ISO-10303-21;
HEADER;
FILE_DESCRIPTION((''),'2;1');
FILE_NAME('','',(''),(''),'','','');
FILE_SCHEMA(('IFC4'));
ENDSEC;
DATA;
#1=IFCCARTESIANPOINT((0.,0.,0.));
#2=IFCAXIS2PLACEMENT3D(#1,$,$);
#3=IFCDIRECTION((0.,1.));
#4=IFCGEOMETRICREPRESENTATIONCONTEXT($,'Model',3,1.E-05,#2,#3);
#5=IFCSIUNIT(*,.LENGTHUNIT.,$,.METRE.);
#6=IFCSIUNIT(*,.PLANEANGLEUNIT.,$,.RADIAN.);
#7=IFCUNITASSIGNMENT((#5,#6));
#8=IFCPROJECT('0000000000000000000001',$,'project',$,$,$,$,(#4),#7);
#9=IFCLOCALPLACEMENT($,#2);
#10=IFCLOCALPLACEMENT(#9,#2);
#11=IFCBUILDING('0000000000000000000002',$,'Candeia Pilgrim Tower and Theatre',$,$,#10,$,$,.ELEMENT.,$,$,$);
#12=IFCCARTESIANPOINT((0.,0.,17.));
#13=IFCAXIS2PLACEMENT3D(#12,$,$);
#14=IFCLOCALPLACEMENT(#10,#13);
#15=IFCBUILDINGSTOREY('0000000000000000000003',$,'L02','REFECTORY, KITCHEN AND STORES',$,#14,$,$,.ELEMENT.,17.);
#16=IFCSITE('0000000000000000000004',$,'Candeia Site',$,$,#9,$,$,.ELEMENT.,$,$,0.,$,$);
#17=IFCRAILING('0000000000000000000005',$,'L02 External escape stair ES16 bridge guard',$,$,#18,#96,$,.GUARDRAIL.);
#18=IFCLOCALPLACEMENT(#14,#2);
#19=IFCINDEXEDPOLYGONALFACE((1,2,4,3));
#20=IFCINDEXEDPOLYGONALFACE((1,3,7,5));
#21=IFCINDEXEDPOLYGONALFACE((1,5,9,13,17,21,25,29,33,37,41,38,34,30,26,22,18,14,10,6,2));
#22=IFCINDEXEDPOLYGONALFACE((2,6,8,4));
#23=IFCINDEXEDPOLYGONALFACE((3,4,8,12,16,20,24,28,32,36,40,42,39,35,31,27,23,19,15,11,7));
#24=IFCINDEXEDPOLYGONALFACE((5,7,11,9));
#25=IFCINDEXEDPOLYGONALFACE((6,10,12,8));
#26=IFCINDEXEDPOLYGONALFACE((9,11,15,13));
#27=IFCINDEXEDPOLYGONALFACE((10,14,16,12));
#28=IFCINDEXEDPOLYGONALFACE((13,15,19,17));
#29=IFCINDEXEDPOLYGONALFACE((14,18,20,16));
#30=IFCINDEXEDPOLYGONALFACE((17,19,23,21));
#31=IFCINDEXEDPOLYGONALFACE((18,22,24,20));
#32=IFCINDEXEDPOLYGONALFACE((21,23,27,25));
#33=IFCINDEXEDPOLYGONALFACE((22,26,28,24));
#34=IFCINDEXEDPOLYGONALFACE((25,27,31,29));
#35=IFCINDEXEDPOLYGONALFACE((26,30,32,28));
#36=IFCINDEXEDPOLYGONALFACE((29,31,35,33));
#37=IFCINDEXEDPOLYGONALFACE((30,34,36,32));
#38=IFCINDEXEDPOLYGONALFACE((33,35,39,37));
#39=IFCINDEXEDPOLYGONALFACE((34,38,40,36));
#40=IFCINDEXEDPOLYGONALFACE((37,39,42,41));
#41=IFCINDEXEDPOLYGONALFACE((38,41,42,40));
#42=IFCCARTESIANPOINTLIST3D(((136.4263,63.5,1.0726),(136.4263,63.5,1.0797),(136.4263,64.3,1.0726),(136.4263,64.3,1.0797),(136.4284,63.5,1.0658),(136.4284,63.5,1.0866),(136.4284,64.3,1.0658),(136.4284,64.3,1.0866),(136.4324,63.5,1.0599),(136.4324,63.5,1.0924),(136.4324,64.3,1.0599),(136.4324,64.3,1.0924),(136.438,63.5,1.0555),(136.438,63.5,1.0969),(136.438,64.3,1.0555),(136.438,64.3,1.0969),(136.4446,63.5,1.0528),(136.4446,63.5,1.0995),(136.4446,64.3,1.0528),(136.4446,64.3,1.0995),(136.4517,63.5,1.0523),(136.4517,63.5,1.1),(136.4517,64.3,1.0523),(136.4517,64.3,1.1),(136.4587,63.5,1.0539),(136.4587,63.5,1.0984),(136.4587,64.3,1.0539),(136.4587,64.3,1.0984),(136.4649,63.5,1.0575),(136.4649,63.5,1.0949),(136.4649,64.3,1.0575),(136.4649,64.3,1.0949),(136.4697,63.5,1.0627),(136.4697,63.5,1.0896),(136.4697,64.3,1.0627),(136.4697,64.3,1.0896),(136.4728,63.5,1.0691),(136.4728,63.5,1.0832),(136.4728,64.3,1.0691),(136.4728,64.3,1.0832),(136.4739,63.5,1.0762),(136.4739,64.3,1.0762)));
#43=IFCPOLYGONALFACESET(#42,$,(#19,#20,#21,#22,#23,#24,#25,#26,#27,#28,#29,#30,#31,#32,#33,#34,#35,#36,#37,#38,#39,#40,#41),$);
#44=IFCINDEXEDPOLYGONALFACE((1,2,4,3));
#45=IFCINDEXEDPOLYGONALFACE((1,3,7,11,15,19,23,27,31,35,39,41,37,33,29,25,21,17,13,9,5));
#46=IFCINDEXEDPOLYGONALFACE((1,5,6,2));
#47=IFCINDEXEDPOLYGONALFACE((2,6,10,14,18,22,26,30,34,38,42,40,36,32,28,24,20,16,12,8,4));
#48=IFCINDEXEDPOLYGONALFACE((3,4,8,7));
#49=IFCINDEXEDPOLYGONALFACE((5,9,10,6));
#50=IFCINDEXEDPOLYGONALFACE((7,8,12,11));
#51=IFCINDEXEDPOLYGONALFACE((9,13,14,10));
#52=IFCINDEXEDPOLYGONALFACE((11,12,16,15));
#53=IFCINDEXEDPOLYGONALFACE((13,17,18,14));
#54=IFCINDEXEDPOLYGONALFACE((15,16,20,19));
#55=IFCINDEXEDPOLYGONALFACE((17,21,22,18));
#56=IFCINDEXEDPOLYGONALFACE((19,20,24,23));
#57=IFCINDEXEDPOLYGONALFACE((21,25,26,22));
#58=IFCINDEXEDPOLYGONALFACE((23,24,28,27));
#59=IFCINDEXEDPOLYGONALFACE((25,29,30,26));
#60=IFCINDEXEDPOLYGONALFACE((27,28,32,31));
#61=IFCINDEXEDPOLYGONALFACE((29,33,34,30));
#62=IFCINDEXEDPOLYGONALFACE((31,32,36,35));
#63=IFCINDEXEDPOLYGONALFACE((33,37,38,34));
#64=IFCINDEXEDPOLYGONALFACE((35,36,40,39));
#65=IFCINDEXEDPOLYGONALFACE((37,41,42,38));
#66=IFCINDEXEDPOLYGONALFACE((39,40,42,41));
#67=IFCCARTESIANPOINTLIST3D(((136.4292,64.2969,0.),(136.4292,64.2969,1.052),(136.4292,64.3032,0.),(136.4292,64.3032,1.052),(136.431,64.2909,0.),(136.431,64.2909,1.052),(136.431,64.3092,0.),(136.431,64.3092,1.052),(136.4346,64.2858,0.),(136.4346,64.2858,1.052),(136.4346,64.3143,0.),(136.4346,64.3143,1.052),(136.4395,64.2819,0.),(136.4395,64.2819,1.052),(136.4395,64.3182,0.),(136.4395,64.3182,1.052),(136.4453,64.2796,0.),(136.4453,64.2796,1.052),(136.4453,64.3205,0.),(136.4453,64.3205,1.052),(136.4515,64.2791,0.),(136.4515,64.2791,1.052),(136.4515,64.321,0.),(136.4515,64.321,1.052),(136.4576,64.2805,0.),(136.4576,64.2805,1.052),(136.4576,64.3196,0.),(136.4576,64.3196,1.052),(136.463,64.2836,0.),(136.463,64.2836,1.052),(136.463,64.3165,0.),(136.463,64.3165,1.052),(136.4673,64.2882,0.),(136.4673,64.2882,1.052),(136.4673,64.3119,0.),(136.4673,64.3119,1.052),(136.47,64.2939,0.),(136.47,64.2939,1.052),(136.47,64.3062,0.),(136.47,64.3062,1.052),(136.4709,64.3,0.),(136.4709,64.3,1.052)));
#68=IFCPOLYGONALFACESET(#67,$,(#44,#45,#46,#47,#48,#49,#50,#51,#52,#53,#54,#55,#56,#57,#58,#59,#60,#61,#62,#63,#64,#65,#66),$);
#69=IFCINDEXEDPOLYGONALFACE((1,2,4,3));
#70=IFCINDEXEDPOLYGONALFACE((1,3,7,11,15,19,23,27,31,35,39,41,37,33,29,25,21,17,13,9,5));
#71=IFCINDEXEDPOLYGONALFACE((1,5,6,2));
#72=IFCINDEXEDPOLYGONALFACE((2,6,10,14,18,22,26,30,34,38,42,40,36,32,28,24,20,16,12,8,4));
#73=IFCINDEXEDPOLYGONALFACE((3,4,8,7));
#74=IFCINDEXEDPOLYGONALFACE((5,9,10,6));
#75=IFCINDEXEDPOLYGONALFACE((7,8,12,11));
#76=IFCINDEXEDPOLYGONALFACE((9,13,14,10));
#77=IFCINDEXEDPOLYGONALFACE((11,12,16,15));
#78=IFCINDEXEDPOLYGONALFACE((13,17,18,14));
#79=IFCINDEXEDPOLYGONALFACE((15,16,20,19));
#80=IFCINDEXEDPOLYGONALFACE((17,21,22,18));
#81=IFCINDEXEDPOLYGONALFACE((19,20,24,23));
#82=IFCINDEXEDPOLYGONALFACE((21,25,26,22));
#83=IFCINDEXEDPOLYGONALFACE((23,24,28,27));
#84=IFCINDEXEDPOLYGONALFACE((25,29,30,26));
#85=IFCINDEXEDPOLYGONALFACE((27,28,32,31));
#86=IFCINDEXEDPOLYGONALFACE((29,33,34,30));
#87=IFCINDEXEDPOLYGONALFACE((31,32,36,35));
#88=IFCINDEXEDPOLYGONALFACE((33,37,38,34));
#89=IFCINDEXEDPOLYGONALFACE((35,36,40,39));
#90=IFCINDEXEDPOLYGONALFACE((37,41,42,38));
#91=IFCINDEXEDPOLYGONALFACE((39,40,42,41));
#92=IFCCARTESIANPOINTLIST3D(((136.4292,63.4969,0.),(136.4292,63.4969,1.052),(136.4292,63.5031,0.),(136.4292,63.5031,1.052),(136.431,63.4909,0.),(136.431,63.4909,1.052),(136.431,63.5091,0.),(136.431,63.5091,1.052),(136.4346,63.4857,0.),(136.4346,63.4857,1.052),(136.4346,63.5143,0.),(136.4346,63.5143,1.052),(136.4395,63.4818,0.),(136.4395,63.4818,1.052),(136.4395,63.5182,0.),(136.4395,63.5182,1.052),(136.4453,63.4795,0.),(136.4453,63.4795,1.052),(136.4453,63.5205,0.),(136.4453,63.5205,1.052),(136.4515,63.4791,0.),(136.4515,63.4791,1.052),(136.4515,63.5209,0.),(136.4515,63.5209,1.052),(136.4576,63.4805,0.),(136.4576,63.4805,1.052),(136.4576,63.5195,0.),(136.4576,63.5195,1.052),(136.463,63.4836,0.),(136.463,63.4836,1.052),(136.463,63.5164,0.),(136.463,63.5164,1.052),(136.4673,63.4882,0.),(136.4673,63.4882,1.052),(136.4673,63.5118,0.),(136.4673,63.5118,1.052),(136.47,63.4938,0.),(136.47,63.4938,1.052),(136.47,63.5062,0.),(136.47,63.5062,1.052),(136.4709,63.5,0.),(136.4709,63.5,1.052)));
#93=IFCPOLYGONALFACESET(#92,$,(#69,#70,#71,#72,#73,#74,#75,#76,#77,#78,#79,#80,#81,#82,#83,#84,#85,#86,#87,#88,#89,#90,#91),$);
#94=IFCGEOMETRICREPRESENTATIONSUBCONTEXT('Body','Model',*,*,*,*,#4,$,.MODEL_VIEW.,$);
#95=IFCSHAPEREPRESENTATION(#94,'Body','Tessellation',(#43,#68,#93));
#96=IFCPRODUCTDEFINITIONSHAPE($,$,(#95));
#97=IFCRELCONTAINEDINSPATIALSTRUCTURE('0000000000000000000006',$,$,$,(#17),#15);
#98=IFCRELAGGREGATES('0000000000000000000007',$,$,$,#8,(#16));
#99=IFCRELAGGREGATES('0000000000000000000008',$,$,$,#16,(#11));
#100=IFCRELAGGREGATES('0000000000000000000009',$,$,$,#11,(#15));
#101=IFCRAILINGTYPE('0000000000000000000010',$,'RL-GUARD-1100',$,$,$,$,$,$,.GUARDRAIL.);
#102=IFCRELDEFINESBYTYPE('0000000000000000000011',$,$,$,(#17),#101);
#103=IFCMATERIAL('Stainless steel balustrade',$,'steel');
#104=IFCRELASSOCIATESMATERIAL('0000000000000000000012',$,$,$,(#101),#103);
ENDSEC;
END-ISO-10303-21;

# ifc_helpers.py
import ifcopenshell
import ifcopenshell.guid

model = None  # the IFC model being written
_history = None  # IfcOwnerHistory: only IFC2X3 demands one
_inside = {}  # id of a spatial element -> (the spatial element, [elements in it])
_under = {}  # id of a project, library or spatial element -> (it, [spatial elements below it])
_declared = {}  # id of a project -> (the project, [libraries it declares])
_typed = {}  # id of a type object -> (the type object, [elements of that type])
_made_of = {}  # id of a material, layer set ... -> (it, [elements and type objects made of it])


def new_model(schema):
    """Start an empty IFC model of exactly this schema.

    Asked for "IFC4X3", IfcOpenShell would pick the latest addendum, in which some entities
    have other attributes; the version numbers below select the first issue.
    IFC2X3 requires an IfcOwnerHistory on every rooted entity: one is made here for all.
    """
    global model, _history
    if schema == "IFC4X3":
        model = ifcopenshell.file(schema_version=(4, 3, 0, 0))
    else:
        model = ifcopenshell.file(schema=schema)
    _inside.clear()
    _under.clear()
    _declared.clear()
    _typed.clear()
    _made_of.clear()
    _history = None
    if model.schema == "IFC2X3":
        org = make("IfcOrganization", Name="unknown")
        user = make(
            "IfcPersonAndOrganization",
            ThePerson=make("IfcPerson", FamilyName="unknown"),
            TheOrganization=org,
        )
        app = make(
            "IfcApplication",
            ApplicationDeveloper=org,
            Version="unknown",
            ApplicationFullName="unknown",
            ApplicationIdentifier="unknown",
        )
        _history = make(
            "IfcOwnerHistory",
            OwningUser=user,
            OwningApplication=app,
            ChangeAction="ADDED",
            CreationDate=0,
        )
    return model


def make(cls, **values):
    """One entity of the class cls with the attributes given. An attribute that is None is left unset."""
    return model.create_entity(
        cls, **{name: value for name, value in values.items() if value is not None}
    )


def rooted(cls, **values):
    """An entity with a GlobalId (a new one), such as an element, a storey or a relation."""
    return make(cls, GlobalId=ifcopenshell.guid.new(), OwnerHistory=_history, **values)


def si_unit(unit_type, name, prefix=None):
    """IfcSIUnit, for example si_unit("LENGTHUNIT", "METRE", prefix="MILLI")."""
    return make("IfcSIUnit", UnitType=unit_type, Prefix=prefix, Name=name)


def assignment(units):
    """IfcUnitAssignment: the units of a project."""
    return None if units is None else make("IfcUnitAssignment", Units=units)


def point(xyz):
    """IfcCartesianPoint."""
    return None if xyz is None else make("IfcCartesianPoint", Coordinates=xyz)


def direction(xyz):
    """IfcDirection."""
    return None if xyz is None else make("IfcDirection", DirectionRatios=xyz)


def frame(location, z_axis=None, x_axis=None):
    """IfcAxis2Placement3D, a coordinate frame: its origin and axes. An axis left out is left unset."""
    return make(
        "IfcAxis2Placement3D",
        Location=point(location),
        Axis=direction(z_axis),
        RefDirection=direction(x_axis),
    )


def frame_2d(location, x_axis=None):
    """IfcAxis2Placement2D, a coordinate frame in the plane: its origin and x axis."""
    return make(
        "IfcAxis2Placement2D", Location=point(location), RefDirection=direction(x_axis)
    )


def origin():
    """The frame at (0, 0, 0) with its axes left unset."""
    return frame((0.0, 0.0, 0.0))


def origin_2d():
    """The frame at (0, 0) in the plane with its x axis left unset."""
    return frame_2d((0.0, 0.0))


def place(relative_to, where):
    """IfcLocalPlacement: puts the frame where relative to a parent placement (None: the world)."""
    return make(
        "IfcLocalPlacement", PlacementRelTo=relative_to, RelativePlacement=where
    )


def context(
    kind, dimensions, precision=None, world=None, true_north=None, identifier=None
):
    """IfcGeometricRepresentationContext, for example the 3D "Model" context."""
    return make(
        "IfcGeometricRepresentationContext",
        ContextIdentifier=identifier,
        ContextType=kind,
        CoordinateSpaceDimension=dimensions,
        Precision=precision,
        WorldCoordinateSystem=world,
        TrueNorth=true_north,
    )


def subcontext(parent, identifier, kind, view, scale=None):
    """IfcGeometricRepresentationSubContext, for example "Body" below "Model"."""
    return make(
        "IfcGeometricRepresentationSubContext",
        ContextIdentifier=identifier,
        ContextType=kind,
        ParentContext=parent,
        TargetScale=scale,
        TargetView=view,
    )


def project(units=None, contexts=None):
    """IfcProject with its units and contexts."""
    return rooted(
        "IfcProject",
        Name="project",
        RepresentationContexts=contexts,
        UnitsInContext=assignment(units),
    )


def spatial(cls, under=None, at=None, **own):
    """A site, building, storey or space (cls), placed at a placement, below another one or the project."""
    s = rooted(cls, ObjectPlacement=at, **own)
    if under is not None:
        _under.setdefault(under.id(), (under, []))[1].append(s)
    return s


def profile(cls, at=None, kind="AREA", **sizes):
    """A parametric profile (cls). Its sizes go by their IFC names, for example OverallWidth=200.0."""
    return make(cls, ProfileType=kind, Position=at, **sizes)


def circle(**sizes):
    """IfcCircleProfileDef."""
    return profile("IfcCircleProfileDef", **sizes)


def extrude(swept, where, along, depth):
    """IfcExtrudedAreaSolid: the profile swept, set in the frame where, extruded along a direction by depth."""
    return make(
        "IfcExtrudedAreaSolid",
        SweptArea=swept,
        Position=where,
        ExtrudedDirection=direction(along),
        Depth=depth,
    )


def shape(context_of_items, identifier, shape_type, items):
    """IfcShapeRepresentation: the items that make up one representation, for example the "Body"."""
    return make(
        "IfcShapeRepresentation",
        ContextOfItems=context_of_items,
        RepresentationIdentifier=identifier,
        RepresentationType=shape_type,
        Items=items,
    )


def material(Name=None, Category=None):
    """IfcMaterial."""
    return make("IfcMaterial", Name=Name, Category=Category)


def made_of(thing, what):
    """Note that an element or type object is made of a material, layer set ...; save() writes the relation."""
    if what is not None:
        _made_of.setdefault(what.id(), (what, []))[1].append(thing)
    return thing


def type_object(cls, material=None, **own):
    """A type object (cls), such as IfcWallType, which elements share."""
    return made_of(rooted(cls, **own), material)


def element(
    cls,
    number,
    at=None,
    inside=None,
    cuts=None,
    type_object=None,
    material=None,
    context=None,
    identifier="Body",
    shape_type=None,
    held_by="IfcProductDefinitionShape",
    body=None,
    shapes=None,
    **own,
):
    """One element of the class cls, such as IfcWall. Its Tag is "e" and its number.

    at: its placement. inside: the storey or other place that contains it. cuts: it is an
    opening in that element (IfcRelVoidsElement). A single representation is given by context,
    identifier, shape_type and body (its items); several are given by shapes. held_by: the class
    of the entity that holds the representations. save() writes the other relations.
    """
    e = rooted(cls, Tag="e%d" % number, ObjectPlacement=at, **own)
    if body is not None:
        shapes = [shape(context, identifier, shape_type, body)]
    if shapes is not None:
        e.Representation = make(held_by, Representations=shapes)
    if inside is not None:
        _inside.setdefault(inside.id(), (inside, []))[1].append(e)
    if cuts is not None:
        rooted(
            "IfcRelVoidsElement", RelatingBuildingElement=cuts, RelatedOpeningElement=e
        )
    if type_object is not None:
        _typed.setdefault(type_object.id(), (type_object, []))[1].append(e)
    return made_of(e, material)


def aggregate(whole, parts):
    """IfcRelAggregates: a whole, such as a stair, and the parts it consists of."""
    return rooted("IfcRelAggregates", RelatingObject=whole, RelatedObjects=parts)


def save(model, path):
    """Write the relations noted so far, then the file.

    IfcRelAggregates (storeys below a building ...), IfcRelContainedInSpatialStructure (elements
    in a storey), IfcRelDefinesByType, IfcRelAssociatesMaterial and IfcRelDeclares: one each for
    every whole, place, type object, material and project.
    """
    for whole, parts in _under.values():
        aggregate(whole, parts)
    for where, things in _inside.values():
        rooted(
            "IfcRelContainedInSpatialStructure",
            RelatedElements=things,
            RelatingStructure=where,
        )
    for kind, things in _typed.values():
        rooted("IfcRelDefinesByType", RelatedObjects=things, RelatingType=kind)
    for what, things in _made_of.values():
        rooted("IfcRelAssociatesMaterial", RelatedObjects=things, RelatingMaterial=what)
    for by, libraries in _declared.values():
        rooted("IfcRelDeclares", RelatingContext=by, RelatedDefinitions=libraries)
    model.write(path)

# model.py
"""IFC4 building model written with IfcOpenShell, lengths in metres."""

from ifc_helpers import new_model, si_unit, direction, frame, origin, origin_2d, place, context, subcontext, project, spatial, circle, extrude, material, type_object, element, save


model = new_model("IFC4")

# Units and contexts
model_context = context("Model", 3, precision=1e-05, world=origin(), true_north=direction((0.0, 1.0)))
body_context = subcontext(model_context, "Body", "Model", "MODEL_VIEW")
ifc_project = project(units=[si_unit("LENGTHUNIT", "METRE"), si_unit("PLANEANGLEUNIT", "RADIAN")], contexts=[model_context])

# Site, building, storey
site_placement = place(None, origin())
site = spatial("IfcSite", under=ifc_project, at=site_placement, Name="Candeia Site", CompositionType="ELEMENT", RefElevation=0.0)
building_placement = place(site_placement, origin())
building = spatial("IfcBuilding", under=site, at=building_placement, Name="Candeia Pilgrim Tower and Theatre", CompositionType="ELEMENT")
storey_placement = place(building_placement, frame((0.0, 0.0, 17.0)))
storey = spatial("IfcBuildingStorey", under=building, at=storey_placement, Name="L02", Description="REFECTORY, KITCHEN AND STORES", CompositionType="ELEMENT", Elevation=17.0)

# Railing
ifc_material_1 = material(Name="Stainless steel balustrade", Category="steel")
railing_type_1 = type_object("IfcRailingType", Name="RL-GUARD-1100", PredefinedType="GUARDRAIL", material=ifc_material_1)
railing_1_placement = place(storey_placement, frame((136.45, 64.3, 0.0)))
element("IfcRailing", 1, at=railing_1_placement, inside=storey, type_object=railing_type_1, Name="L02 External escape stair ES16 bridge guard", PredefinedType="GUARDRAIL", context=body_context, shape_type="SweptSolid", body=[
    extrude(circle(Radius=0.0239, at=origin_2d()), frame((0.0, 0.0, 1.0762), z_axis=(0.0, -1.0, 0.0), x_axis=(1.0, 0.0, 0.0)), (0.0, 0.0, 1.0), 0.8),
    extrude(circle(Radius=0.021, at=origin_2d()), origin(), (0.0, 0.0, 1.0), 1.052),
    extrude(circle(Radius=0.021, at=origin_2d()), frame((0.0, -0.8, 0.0)), (0.0, 0.0, 1.0), 1.052),
])

save(model, "model.ifc")
